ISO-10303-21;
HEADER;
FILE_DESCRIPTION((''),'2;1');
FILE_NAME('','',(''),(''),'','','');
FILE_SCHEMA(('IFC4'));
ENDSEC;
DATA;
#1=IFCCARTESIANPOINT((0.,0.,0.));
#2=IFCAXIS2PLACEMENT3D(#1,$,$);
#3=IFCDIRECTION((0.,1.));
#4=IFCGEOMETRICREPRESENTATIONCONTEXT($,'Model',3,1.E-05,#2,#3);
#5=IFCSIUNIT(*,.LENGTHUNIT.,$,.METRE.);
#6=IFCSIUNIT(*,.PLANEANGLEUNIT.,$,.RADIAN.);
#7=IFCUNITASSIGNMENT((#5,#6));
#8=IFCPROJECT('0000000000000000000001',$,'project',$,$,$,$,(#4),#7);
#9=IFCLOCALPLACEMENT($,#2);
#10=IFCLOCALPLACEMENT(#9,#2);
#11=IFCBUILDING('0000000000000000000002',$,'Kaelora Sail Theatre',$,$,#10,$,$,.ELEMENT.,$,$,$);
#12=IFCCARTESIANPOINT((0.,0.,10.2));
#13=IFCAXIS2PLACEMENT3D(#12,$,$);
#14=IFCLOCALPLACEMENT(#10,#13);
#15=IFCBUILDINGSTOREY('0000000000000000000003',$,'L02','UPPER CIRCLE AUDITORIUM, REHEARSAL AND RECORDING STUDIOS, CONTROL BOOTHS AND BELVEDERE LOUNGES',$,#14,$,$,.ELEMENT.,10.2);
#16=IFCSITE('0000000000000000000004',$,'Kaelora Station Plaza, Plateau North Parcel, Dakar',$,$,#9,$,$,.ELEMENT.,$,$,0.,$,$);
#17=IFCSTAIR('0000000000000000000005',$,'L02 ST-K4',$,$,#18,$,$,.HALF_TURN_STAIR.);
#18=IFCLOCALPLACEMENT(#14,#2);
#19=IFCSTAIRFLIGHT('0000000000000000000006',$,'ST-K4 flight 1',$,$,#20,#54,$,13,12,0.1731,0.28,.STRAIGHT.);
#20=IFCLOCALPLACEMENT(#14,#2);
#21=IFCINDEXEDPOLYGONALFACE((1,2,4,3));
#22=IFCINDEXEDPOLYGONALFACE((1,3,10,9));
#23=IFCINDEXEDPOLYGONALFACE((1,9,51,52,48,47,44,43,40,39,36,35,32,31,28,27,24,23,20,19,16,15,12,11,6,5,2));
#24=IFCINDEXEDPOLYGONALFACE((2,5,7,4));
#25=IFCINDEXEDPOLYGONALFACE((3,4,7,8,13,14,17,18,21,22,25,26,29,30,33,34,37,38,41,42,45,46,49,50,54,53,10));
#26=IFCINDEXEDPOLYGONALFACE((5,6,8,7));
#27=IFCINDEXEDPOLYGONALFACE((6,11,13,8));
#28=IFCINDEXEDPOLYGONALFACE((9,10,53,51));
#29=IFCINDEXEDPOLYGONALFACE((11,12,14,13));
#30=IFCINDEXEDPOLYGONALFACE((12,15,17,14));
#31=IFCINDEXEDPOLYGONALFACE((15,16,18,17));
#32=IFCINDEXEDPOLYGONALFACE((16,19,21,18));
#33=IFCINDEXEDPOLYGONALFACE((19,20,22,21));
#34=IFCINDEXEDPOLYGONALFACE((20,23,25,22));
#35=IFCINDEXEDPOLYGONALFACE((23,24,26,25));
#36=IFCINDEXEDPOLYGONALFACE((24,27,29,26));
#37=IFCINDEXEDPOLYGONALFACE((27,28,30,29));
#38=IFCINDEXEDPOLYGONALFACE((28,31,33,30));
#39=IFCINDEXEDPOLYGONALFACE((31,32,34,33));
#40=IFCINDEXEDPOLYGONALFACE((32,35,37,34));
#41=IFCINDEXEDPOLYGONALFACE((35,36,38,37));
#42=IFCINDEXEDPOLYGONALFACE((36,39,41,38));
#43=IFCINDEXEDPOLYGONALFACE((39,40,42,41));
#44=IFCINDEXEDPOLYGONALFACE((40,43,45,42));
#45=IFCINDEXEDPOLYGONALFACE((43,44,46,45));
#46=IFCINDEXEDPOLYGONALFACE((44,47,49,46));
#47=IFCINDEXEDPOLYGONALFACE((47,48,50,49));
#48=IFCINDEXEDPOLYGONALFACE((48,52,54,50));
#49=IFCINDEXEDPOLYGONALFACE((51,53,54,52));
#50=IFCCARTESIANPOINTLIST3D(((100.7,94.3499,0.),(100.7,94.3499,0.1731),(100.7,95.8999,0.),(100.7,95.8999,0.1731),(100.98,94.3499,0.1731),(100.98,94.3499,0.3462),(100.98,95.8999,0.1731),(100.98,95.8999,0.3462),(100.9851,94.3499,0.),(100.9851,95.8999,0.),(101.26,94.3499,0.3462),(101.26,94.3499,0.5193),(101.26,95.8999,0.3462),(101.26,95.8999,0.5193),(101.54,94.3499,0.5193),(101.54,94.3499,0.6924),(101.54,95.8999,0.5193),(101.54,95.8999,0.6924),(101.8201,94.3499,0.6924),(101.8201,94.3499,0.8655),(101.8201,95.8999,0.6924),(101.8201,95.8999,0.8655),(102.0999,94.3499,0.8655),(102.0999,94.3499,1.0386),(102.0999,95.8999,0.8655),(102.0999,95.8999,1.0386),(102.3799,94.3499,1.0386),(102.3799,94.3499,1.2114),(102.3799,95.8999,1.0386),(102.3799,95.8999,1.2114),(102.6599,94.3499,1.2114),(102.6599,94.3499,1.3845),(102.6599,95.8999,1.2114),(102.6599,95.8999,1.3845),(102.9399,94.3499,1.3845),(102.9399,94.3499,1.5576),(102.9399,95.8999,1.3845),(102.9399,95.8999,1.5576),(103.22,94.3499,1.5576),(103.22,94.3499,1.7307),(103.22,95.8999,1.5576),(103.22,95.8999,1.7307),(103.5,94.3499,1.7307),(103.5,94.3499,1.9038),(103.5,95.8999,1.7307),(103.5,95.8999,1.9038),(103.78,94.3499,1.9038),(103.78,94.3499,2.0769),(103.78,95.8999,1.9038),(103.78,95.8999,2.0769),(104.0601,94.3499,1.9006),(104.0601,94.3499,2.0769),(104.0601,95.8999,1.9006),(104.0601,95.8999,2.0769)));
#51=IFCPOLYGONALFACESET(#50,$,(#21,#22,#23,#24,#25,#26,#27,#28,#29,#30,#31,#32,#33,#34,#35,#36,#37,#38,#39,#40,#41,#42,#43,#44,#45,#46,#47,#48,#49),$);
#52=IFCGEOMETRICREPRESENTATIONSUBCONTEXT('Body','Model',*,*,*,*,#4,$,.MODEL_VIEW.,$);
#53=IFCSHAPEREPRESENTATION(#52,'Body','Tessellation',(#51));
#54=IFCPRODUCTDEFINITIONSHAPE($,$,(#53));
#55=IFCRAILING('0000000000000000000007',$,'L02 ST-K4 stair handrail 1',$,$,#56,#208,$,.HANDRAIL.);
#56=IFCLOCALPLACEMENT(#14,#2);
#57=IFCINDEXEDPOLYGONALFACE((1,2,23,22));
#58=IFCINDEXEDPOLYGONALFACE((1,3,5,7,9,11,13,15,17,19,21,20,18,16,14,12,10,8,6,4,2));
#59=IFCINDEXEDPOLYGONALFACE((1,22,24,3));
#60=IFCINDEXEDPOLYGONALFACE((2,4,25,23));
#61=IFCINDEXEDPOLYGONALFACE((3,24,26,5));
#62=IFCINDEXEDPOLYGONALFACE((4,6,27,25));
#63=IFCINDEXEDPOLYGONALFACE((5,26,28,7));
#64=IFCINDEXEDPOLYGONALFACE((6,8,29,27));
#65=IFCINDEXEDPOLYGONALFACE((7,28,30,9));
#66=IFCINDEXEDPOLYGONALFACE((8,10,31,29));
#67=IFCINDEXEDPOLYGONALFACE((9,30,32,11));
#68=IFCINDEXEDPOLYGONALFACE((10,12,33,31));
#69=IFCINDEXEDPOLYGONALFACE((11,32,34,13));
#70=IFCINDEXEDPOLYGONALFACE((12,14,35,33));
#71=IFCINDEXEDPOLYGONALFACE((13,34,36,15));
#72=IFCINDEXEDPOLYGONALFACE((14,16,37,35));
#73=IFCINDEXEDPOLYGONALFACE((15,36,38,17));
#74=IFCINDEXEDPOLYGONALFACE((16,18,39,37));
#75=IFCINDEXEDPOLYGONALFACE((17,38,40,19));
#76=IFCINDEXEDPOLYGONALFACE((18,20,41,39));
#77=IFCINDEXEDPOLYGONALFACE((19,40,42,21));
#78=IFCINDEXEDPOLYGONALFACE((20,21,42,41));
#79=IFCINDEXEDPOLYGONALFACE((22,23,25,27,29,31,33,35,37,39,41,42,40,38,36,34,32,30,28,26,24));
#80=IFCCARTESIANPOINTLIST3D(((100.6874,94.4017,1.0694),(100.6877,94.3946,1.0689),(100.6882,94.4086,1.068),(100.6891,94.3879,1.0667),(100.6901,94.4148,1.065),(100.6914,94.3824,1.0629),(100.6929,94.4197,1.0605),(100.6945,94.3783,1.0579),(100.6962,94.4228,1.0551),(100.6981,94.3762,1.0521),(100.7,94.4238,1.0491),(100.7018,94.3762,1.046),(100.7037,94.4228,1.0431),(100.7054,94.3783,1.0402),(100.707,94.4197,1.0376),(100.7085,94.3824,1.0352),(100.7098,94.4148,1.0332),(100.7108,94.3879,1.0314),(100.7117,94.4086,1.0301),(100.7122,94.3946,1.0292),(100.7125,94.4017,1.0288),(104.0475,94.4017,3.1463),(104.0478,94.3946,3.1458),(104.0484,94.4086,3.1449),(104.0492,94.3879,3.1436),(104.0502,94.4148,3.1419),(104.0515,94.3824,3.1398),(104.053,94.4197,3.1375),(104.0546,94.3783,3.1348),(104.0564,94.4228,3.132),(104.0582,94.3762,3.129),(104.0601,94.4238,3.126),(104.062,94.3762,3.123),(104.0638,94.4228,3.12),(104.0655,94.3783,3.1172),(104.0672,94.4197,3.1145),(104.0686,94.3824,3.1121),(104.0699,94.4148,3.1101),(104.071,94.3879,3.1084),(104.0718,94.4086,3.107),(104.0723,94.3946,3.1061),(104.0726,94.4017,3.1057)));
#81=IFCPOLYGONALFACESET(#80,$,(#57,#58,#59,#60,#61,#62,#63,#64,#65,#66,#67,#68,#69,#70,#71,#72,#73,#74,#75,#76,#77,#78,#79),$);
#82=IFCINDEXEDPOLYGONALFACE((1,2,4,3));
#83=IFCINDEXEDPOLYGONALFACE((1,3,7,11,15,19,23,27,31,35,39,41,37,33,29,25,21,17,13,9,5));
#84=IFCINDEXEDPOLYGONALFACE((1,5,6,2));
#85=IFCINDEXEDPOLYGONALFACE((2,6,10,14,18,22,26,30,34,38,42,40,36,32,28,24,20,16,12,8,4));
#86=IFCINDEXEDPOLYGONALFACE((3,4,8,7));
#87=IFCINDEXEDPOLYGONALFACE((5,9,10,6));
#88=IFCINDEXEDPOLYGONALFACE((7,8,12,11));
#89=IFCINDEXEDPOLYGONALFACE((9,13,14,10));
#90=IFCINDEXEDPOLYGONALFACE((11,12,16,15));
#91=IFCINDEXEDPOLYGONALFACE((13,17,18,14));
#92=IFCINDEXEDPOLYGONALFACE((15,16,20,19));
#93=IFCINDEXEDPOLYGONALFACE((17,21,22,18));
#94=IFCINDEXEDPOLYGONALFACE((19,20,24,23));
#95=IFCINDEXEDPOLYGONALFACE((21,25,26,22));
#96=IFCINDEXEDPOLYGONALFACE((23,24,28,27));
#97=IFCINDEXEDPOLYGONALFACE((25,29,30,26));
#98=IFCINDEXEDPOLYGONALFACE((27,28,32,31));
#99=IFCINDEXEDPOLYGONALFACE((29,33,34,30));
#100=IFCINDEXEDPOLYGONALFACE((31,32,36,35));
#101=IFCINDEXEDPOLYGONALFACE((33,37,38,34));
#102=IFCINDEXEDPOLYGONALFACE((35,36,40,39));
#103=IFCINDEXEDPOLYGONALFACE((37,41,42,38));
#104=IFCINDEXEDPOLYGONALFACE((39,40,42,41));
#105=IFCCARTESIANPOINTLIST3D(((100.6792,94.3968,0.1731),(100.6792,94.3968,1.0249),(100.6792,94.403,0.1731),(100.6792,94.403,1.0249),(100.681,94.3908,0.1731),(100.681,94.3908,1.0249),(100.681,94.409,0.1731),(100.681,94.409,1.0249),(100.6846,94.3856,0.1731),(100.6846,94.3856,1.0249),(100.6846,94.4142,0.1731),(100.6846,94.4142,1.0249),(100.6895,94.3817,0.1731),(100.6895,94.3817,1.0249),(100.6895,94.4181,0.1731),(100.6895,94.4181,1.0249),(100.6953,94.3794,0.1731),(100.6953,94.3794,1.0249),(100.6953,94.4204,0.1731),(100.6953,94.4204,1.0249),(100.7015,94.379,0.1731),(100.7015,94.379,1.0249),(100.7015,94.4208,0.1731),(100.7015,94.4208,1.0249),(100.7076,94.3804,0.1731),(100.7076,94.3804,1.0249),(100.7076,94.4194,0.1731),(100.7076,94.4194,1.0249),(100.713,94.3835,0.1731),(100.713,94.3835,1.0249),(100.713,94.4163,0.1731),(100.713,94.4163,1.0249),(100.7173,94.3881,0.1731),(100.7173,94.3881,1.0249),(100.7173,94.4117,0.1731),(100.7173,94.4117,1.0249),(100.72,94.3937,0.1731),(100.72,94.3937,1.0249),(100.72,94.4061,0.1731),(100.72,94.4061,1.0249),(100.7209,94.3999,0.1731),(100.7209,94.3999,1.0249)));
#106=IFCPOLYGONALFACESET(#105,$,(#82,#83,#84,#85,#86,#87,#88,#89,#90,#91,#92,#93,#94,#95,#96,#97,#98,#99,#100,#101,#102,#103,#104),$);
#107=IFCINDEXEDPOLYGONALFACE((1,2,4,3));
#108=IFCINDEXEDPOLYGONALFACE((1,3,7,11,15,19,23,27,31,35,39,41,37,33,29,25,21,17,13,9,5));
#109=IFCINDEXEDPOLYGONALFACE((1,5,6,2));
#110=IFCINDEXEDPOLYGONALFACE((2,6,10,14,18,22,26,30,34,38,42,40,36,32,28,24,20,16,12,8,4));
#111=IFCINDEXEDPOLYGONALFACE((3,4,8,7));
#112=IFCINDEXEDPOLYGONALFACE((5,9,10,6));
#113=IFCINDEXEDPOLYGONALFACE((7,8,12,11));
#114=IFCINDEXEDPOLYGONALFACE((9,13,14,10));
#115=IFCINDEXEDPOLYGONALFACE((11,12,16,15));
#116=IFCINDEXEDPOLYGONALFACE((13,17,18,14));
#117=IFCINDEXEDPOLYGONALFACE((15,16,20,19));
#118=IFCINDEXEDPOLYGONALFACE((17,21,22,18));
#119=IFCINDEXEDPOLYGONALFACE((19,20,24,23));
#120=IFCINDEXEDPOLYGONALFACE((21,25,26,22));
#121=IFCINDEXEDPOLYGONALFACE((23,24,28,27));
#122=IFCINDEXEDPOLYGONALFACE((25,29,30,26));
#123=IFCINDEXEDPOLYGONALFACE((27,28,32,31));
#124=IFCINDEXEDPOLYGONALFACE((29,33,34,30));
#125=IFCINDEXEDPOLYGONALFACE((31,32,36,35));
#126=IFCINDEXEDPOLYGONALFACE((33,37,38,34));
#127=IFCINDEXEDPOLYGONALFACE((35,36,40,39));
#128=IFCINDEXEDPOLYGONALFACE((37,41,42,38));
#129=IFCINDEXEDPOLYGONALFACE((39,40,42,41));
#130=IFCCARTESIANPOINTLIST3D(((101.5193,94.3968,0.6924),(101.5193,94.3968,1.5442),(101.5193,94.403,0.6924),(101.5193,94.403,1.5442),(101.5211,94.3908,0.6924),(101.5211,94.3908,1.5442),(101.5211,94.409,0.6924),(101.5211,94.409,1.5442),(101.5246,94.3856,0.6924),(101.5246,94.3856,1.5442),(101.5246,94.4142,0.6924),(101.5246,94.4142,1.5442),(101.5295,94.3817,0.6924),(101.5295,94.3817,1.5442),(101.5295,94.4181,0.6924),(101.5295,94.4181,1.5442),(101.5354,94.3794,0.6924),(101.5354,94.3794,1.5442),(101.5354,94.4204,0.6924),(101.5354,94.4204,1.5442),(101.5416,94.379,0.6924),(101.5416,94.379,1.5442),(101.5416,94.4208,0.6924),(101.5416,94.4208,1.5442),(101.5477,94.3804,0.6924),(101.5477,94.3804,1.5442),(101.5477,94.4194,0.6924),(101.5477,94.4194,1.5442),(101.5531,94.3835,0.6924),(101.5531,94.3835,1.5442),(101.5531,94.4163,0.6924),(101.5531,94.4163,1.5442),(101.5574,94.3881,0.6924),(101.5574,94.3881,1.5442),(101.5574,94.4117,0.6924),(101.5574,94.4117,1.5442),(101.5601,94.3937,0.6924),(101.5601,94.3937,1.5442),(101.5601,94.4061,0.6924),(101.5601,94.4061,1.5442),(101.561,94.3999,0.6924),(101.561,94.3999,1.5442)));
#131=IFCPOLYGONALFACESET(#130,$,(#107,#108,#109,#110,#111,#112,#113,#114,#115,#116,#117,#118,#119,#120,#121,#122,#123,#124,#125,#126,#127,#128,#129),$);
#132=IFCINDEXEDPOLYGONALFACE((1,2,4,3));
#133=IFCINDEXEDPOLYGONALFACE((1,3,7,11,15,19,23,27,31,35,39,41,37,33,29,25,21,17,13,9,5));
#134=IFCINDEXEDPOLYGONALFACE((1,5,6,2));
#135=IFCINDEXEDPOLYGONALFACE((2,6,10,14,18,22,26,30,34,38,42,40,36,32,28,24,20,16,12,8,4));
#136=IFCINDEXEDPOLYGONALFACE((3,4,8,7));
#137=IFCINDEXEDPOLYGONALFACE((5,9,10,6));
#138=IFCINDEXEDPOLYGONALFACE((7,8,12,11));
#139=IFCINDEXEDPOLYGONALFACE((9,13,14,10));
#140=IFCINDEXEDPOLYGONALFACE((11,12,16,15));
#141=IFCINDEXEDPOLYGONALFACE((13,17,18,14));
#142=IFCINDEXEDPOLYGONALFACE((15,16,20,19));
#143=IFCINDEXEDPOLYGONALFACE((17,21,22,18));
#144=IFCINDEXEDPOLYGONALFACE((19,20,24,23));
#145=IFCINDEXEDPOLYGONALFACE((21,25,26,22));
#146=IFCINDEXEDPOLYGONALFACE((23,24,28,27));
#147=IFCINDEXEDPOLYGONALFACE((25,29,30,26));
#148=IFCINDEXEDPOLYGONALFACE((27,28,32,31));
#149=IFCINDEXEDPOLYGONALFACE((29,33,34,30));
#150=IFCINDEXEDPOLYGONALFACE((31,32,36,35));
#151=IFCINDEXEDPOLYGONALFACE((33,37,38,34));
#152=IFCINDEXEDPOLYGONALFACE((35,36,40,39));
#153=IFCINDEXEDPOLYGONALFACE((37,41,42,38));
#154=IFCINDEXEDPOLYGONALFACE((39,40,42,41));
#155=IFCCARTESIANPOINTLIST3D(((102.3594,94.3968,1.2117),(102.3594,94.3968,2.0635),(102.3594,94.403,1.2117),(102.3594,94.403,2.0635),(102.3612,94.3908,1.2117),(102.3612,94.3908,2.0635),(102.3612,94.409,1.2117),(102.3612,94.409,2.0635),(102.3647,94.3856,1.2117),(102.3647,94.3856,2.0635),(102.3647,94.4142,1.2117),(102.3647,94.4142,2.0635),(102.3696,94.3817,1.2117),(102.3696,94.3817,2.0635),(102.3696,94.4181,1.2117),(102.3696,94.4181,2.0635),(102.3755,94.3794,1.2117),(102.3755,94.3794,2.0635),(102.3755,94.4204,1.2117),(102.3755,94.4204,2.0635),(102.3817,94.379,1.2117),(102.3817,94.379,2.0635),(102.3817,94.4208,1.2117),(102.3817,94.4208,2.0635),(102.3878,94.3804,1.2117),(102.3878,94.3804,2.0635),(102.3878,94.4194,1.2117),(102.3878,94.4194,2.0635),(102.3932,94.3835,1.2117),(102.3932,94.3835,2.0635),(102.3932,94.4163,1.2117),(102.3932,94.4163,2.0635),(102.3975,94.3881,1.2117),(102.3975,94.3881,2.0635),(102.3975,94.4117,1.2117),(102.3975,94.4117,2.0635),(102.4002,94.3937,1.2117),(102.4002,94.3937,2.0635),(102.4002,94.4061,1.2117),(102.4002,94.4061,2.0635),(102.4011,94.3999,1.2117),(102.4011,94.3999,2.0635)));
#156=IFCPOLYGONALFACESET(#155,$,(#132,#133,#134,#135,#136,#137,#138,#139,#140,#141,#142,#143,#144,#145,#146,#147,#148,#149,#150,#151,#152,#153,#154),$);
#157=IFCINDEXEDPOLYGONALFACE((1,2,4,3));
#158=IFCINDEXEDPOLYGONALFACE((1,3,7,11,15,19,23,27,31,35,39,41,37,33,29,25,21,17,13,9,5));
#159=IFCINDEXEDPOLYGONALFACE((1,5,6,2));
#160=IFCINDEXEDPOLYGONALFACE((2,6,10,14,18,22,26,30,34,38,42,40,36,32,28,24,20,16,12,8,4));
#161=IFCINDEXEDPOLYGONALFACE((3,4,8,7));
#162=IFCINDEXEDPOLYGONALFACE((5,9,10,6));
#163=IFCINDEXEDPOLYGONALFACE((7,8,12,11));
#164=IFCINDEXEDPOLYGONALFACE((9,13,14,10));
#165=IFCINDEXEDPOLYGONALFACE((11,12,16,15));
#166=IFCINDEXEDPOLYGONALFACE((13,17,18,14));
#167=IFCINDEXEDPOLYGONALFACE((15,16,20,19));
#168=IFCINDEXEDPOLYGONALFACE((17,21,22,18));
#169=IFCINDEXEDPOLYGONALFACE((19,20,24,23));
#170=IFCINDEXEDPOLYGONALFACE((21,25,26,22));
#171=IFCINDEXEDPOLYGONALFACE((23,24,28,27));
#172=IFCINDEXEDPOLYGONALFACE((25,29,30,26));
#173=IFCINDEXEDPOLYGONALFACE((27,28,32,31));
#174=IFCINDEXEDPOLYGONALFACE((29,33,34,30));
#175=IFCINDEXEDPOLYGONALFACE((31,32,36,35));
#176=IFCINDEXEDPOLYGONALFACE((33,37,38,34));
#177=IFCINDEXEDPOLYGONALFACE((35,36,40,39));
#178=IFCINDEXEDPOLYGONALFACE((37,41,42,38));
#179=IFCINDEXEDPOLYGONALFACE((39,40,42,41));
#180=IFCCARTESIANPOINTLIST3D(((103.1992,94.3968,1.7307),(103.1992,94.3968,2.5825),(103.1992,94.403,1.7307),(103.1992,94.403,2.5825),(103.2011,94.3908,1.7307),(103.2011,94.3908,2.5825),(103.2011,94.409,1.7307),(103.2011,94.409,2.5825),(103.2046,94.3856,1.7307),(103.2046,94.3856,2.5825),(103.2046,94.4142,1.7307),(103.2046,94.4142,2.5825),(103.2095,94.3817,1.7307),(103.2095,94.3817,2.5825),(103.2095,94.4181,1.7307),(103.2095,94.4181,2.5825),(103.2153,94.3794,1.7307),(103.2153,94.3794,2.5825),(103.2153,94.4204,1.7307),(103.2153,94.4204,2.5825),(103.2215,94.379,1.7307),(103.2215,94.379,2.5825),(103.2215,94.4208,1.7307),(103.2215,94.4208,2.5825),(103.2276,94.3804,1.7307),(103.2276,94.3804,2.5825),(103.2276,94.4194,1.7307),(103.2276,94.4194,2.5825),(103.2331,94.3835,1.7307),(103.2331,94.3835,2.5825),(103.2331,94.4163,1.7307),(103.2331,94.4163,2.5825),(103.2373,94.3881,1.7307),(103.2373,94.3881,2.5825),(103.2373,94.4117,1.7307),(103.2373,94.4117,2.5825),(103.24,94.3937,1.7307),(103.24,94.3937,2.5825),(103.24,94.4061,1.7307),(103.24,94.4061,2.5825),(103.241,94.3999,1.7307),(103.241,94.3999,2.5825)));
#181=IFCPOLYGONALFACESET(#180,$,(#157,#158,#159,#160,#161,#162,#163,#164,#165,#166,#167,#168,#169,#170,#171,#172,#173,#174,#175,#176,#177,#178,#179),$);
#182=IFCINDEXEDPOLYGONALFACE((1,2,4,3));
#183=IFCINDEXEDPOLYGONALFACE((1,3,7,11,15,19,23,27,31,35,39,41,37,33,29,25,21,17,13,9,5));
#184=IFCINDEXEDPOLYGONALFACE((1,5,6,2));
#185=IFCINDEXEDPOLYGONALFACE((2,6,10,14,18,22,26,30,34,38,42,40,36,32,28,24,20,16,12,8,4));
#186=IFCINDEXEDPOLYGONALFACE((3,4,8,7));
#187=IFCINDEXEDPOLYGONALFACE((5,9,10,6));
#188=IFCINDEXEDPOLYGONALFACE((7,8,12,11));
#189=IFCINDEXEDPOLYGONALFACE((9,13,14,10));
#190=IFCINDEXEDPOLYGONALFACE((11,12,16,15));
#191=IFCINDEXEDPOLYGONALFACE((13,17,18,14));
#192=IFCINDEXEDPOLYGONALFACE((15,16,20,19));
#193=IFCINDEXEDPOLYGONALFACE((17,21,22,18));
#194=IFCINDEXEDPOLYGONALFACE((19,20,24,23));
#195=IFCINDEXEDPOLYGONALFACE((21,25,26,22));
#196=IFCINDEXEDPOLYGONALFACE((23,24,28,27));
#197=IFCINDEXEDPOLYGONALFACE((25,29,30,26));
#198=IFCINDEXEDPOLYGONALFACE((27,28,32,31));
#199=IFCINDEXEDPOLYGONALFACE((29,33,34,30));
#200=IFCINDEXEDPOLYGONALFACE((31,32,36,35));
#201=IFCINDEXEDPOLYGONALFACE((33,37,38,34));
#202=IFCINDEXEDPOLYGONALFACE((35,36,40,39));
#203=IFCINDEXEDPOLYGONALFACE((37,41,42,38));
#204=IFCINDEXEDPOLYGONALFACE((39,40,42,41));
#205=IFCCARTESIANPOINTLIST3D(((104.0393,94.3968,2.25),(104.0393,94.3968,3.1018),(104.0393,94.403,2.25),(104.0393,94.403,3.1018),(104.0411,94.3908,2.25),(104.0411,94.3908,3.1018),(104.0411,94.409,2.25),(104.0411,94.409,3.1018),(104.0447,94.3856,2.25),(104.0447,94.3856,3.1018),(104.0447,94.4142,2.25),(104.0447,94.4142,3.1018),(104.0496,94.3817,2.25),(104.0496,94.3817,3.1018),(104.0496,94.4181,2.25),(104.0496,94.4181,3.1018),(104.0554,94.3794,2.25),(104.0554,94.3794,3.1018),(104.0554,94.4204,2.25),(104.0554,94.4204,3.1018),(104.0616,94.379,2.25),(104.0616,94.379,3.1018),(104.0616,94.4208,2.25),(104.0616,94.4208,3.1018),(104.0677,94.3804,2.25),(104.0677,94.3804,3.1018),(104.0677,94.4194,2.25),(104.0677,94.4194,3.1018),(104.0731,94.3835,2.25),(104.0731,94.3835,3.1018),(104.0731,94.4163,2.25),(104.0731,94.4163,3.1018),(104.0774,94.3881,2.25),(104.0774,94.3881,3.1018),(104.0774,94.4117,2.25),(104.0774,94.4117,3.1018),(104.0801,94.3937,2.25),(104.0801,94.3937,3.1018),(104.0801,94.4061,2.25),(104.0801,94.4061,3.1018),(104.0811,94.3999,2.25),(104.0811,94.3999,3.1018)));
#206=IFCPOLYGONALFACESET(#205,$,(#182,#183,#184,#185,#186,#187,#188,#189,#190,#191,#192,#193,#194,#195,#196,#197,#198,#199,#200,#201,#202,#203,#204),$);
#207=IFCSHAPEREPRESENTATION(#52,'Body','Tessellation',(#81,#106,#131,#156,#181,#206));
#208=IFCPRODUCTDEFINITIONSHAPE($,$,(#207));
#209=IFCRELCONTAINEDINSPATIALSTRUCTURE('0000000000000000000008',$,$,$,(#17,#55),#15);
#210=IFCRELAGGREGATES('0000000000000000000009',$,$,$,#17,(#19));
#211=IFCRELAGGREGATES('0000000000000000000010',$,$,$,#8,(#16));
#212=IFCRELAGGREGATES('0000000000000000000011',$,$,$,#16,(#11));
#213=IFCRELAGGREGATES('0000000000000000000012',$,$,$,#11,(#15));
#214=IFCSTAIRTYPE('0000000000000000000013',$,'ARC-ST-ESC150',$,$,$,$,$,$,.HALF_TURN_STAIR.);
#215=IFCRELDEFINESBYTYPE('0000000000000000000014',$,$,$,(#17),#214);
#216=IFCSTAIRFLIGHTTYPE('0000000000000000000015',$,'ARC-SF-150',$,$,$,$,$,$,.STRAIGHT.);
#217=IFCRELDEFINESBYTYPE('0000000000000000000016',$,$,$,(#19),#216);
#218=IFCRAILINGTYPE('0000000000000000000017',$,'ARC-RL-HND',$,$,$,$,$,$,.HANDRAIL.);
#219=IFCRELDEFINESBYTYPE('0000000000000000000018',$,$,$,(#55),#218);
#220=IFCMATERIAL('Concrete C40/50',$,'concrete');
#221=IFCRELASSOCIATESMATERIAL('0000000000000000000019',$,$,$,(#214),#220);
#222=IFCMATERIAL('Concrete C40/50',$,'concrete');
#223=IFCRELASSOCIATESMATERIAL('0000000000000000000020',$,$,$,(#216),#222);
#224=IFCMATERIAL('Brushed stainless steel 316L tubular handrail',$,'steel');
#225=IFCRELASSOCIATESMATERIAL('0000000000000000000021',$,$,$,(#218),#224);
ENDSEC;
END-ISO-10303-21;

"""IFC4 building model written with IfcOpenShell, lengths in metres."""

from ifc_helpers import new_model, si_unit, direction, frame, origin, origin_2d, place, context, subcontext, project, spatial, polyline, circle, outline, extrude, material, type_object, element, aggregate, save


model = new_model("IFC4")

# Units and contexts
model_context = context("Model", 3, precision=1e-05, world=origin(), true_north=direction((0.0, 1.0)))
body_context = subcontext(model_context, "Body", "Model", "MODEL_VIEW")
ifc_project = project(units=[si_unit("LENGTHUNIT", "METRE"), si_unit("PLANEANGLEUNIT", "RADIAN")], contexts=[model_context])

# Site, building, storey
site_placement = place(None, origin())
site = spatial("IfcSite", under=ifc_project, at=site_placement, Name="Kaelora Station Plaza, Plateau North Parcel, Dakar", CompositionType="ELEMENT", RefElevation=0.0)
building_placement = place(site_placement, origin())
building = spatial("IfcBuilding", under=site, at=building_placement, Name="Kaelora Sail Theatre", CompositionType="ELEMENT")
storey_placement = place(building_placement, frame((0.0, 0.0, 10.2)))
storey = spatial("IfcBuildingStorey", under=building, at=storey_placement, Name="L02", Description="UPPER CIRCLE AUDITORIUM, REHEARSAL AND RECORDING STUDIOS, CONTROL BOOTHS AND BELVEDERE LOUNGES", CompositionType="ELEMENT", Elevation=10.2)

# Stair, stair flight
ifc_material_1 = material(Name="Concrete C40/50", Category="concrete")
stair_type = type_object("IfcStairType", Name="ARC-ST-ESC150", PredefinedType="HALF_TURN_STAIR", material=ifc_material_1)
stair_placement = place(storey_placement, origin())
stair = element("IfcStair", 1, at=stair_placement, inside=storey, type_object=stair_type, Name="L02 ST-K4", PredefinedType="HALF_TURN_STAIR")
ifc_material_2 = material(Name="Concrete C40/50", Category="concrete")
stair_flight_type = type_object("IfcStairFlightType", Name="ARC-SF-150", PredefinedType="STRAIGHT", material=ifc_material_2)
stair_flight_placement = place(storey_placement, frame((100.7, 95.125, 0.0), z_axis=(0.0, 0.0, 1.0), x_axis=(1.0, 0.0, 0.0)))
stair_flight = element("IfcStairFlight", 2, at=stair_flight_placement, type_object=stair_flight_type, Name="ST-K4 flight 1", NumberOfRisers=13, NumberOfTreads=12, PredefinedType="STRAIGHT", RiserHeight=0.1731, TreadLength=0.28, context=body_context, shape_type="SweptSolid", body=[
    extrude(outline(polyline([(0.0, 0.0), (0.0, 0.1731), (0.28, 0.1731), (0.28, 0.3462), (0.5601, 0.3462), (0.5601, 0.5193), (0.8401, 0.5193), (0.8401, 0.6924), (1.1201, 0.6924), (1.1201, 0.8655), (1.3999, 0.8655), (1.3999, 1.0386), (1.6799, 1.0386), (1.6799, 1.2114), (1.96, 1.2114), (1.96, 1.3845), (2.24, 1.3845), (2.24, 1.5576), (2.52, 1.5576), (2.52, 1.7307), (2.8, 1.7307), (2.8, 1.9038), (3.0801, 1.9038), (3.0801, 2.0769), (3.3601, 2.0769), (3.3601, 2.25), (3.3601, 1.9006), (0.2852, 0.0), (0.0, 0.0)])), frame((0.0, 0.7749, 0.0), z_axis=(0.0, -1.0, 0.0), x_axis=(1.0, 0.0, 0.0)), (0.0, 0.0, 1.0), 1.55),
])
aggregate(stair, [stair_flight])

# Railing
ifc_material_3 = material(Name="Brushed stainless steel 316L tubular handrail", Category="steel")
railing_type = type_object("IfcRailingType", Name="ARC-RL-HND", PredefinedType="HANDRAIL", material=ifc_material_3)
railing_placement = place(storey_placement, frame((100.7, 94.3999, 0.1731)))
element("IfcRailing", 3, at=railing_placement, inside=storey, type_object=railing_type, Name="L02 ST-K4 stair handrail 1", PredefinedType="HANDRAIL", context=body_context, shape_type="SweptSolid", body=[
    extrude(circle(Radius=0.0239, at=origin_2d()), frame((0.0, 0.0, 0.876), z_axis=(0.850623, 0.0, 0.525776), x_axis=(0.0, 1.0, 0.0)), (0.0, 0.0, 1.0), 3.9502),
    extrude(circle(Radius=0.021, at=origin_2d()), origin(), (0.0, 0.0, 1.0), 0.8518),
    extrude(circle(Radius=0.021, at=origin_2d()), frame((0.8401, 0.0, 0.5193)), (0.0, 0.0, 1.0), 0.8518),
    extrude(circle(Radius=0.021, at=origin_2d()), frame((1.6802, 0.0, 1.0386)), (0.0, 0.0, 1.0), 0.8518),
    extrude(circle(Radius=0.021, at=origin_2d()), frame((2.52, 0.0, 1.5576)), (0.0, 0.0, 1.0), 0.8518),
    extrude(circle(Radius=0.021, at=origin_2d()), frame((3.3601, 0.0, 2.0769)), (0.0, 0.0, 1.0), 0.8518),
])

save(model, "model.ifc")
